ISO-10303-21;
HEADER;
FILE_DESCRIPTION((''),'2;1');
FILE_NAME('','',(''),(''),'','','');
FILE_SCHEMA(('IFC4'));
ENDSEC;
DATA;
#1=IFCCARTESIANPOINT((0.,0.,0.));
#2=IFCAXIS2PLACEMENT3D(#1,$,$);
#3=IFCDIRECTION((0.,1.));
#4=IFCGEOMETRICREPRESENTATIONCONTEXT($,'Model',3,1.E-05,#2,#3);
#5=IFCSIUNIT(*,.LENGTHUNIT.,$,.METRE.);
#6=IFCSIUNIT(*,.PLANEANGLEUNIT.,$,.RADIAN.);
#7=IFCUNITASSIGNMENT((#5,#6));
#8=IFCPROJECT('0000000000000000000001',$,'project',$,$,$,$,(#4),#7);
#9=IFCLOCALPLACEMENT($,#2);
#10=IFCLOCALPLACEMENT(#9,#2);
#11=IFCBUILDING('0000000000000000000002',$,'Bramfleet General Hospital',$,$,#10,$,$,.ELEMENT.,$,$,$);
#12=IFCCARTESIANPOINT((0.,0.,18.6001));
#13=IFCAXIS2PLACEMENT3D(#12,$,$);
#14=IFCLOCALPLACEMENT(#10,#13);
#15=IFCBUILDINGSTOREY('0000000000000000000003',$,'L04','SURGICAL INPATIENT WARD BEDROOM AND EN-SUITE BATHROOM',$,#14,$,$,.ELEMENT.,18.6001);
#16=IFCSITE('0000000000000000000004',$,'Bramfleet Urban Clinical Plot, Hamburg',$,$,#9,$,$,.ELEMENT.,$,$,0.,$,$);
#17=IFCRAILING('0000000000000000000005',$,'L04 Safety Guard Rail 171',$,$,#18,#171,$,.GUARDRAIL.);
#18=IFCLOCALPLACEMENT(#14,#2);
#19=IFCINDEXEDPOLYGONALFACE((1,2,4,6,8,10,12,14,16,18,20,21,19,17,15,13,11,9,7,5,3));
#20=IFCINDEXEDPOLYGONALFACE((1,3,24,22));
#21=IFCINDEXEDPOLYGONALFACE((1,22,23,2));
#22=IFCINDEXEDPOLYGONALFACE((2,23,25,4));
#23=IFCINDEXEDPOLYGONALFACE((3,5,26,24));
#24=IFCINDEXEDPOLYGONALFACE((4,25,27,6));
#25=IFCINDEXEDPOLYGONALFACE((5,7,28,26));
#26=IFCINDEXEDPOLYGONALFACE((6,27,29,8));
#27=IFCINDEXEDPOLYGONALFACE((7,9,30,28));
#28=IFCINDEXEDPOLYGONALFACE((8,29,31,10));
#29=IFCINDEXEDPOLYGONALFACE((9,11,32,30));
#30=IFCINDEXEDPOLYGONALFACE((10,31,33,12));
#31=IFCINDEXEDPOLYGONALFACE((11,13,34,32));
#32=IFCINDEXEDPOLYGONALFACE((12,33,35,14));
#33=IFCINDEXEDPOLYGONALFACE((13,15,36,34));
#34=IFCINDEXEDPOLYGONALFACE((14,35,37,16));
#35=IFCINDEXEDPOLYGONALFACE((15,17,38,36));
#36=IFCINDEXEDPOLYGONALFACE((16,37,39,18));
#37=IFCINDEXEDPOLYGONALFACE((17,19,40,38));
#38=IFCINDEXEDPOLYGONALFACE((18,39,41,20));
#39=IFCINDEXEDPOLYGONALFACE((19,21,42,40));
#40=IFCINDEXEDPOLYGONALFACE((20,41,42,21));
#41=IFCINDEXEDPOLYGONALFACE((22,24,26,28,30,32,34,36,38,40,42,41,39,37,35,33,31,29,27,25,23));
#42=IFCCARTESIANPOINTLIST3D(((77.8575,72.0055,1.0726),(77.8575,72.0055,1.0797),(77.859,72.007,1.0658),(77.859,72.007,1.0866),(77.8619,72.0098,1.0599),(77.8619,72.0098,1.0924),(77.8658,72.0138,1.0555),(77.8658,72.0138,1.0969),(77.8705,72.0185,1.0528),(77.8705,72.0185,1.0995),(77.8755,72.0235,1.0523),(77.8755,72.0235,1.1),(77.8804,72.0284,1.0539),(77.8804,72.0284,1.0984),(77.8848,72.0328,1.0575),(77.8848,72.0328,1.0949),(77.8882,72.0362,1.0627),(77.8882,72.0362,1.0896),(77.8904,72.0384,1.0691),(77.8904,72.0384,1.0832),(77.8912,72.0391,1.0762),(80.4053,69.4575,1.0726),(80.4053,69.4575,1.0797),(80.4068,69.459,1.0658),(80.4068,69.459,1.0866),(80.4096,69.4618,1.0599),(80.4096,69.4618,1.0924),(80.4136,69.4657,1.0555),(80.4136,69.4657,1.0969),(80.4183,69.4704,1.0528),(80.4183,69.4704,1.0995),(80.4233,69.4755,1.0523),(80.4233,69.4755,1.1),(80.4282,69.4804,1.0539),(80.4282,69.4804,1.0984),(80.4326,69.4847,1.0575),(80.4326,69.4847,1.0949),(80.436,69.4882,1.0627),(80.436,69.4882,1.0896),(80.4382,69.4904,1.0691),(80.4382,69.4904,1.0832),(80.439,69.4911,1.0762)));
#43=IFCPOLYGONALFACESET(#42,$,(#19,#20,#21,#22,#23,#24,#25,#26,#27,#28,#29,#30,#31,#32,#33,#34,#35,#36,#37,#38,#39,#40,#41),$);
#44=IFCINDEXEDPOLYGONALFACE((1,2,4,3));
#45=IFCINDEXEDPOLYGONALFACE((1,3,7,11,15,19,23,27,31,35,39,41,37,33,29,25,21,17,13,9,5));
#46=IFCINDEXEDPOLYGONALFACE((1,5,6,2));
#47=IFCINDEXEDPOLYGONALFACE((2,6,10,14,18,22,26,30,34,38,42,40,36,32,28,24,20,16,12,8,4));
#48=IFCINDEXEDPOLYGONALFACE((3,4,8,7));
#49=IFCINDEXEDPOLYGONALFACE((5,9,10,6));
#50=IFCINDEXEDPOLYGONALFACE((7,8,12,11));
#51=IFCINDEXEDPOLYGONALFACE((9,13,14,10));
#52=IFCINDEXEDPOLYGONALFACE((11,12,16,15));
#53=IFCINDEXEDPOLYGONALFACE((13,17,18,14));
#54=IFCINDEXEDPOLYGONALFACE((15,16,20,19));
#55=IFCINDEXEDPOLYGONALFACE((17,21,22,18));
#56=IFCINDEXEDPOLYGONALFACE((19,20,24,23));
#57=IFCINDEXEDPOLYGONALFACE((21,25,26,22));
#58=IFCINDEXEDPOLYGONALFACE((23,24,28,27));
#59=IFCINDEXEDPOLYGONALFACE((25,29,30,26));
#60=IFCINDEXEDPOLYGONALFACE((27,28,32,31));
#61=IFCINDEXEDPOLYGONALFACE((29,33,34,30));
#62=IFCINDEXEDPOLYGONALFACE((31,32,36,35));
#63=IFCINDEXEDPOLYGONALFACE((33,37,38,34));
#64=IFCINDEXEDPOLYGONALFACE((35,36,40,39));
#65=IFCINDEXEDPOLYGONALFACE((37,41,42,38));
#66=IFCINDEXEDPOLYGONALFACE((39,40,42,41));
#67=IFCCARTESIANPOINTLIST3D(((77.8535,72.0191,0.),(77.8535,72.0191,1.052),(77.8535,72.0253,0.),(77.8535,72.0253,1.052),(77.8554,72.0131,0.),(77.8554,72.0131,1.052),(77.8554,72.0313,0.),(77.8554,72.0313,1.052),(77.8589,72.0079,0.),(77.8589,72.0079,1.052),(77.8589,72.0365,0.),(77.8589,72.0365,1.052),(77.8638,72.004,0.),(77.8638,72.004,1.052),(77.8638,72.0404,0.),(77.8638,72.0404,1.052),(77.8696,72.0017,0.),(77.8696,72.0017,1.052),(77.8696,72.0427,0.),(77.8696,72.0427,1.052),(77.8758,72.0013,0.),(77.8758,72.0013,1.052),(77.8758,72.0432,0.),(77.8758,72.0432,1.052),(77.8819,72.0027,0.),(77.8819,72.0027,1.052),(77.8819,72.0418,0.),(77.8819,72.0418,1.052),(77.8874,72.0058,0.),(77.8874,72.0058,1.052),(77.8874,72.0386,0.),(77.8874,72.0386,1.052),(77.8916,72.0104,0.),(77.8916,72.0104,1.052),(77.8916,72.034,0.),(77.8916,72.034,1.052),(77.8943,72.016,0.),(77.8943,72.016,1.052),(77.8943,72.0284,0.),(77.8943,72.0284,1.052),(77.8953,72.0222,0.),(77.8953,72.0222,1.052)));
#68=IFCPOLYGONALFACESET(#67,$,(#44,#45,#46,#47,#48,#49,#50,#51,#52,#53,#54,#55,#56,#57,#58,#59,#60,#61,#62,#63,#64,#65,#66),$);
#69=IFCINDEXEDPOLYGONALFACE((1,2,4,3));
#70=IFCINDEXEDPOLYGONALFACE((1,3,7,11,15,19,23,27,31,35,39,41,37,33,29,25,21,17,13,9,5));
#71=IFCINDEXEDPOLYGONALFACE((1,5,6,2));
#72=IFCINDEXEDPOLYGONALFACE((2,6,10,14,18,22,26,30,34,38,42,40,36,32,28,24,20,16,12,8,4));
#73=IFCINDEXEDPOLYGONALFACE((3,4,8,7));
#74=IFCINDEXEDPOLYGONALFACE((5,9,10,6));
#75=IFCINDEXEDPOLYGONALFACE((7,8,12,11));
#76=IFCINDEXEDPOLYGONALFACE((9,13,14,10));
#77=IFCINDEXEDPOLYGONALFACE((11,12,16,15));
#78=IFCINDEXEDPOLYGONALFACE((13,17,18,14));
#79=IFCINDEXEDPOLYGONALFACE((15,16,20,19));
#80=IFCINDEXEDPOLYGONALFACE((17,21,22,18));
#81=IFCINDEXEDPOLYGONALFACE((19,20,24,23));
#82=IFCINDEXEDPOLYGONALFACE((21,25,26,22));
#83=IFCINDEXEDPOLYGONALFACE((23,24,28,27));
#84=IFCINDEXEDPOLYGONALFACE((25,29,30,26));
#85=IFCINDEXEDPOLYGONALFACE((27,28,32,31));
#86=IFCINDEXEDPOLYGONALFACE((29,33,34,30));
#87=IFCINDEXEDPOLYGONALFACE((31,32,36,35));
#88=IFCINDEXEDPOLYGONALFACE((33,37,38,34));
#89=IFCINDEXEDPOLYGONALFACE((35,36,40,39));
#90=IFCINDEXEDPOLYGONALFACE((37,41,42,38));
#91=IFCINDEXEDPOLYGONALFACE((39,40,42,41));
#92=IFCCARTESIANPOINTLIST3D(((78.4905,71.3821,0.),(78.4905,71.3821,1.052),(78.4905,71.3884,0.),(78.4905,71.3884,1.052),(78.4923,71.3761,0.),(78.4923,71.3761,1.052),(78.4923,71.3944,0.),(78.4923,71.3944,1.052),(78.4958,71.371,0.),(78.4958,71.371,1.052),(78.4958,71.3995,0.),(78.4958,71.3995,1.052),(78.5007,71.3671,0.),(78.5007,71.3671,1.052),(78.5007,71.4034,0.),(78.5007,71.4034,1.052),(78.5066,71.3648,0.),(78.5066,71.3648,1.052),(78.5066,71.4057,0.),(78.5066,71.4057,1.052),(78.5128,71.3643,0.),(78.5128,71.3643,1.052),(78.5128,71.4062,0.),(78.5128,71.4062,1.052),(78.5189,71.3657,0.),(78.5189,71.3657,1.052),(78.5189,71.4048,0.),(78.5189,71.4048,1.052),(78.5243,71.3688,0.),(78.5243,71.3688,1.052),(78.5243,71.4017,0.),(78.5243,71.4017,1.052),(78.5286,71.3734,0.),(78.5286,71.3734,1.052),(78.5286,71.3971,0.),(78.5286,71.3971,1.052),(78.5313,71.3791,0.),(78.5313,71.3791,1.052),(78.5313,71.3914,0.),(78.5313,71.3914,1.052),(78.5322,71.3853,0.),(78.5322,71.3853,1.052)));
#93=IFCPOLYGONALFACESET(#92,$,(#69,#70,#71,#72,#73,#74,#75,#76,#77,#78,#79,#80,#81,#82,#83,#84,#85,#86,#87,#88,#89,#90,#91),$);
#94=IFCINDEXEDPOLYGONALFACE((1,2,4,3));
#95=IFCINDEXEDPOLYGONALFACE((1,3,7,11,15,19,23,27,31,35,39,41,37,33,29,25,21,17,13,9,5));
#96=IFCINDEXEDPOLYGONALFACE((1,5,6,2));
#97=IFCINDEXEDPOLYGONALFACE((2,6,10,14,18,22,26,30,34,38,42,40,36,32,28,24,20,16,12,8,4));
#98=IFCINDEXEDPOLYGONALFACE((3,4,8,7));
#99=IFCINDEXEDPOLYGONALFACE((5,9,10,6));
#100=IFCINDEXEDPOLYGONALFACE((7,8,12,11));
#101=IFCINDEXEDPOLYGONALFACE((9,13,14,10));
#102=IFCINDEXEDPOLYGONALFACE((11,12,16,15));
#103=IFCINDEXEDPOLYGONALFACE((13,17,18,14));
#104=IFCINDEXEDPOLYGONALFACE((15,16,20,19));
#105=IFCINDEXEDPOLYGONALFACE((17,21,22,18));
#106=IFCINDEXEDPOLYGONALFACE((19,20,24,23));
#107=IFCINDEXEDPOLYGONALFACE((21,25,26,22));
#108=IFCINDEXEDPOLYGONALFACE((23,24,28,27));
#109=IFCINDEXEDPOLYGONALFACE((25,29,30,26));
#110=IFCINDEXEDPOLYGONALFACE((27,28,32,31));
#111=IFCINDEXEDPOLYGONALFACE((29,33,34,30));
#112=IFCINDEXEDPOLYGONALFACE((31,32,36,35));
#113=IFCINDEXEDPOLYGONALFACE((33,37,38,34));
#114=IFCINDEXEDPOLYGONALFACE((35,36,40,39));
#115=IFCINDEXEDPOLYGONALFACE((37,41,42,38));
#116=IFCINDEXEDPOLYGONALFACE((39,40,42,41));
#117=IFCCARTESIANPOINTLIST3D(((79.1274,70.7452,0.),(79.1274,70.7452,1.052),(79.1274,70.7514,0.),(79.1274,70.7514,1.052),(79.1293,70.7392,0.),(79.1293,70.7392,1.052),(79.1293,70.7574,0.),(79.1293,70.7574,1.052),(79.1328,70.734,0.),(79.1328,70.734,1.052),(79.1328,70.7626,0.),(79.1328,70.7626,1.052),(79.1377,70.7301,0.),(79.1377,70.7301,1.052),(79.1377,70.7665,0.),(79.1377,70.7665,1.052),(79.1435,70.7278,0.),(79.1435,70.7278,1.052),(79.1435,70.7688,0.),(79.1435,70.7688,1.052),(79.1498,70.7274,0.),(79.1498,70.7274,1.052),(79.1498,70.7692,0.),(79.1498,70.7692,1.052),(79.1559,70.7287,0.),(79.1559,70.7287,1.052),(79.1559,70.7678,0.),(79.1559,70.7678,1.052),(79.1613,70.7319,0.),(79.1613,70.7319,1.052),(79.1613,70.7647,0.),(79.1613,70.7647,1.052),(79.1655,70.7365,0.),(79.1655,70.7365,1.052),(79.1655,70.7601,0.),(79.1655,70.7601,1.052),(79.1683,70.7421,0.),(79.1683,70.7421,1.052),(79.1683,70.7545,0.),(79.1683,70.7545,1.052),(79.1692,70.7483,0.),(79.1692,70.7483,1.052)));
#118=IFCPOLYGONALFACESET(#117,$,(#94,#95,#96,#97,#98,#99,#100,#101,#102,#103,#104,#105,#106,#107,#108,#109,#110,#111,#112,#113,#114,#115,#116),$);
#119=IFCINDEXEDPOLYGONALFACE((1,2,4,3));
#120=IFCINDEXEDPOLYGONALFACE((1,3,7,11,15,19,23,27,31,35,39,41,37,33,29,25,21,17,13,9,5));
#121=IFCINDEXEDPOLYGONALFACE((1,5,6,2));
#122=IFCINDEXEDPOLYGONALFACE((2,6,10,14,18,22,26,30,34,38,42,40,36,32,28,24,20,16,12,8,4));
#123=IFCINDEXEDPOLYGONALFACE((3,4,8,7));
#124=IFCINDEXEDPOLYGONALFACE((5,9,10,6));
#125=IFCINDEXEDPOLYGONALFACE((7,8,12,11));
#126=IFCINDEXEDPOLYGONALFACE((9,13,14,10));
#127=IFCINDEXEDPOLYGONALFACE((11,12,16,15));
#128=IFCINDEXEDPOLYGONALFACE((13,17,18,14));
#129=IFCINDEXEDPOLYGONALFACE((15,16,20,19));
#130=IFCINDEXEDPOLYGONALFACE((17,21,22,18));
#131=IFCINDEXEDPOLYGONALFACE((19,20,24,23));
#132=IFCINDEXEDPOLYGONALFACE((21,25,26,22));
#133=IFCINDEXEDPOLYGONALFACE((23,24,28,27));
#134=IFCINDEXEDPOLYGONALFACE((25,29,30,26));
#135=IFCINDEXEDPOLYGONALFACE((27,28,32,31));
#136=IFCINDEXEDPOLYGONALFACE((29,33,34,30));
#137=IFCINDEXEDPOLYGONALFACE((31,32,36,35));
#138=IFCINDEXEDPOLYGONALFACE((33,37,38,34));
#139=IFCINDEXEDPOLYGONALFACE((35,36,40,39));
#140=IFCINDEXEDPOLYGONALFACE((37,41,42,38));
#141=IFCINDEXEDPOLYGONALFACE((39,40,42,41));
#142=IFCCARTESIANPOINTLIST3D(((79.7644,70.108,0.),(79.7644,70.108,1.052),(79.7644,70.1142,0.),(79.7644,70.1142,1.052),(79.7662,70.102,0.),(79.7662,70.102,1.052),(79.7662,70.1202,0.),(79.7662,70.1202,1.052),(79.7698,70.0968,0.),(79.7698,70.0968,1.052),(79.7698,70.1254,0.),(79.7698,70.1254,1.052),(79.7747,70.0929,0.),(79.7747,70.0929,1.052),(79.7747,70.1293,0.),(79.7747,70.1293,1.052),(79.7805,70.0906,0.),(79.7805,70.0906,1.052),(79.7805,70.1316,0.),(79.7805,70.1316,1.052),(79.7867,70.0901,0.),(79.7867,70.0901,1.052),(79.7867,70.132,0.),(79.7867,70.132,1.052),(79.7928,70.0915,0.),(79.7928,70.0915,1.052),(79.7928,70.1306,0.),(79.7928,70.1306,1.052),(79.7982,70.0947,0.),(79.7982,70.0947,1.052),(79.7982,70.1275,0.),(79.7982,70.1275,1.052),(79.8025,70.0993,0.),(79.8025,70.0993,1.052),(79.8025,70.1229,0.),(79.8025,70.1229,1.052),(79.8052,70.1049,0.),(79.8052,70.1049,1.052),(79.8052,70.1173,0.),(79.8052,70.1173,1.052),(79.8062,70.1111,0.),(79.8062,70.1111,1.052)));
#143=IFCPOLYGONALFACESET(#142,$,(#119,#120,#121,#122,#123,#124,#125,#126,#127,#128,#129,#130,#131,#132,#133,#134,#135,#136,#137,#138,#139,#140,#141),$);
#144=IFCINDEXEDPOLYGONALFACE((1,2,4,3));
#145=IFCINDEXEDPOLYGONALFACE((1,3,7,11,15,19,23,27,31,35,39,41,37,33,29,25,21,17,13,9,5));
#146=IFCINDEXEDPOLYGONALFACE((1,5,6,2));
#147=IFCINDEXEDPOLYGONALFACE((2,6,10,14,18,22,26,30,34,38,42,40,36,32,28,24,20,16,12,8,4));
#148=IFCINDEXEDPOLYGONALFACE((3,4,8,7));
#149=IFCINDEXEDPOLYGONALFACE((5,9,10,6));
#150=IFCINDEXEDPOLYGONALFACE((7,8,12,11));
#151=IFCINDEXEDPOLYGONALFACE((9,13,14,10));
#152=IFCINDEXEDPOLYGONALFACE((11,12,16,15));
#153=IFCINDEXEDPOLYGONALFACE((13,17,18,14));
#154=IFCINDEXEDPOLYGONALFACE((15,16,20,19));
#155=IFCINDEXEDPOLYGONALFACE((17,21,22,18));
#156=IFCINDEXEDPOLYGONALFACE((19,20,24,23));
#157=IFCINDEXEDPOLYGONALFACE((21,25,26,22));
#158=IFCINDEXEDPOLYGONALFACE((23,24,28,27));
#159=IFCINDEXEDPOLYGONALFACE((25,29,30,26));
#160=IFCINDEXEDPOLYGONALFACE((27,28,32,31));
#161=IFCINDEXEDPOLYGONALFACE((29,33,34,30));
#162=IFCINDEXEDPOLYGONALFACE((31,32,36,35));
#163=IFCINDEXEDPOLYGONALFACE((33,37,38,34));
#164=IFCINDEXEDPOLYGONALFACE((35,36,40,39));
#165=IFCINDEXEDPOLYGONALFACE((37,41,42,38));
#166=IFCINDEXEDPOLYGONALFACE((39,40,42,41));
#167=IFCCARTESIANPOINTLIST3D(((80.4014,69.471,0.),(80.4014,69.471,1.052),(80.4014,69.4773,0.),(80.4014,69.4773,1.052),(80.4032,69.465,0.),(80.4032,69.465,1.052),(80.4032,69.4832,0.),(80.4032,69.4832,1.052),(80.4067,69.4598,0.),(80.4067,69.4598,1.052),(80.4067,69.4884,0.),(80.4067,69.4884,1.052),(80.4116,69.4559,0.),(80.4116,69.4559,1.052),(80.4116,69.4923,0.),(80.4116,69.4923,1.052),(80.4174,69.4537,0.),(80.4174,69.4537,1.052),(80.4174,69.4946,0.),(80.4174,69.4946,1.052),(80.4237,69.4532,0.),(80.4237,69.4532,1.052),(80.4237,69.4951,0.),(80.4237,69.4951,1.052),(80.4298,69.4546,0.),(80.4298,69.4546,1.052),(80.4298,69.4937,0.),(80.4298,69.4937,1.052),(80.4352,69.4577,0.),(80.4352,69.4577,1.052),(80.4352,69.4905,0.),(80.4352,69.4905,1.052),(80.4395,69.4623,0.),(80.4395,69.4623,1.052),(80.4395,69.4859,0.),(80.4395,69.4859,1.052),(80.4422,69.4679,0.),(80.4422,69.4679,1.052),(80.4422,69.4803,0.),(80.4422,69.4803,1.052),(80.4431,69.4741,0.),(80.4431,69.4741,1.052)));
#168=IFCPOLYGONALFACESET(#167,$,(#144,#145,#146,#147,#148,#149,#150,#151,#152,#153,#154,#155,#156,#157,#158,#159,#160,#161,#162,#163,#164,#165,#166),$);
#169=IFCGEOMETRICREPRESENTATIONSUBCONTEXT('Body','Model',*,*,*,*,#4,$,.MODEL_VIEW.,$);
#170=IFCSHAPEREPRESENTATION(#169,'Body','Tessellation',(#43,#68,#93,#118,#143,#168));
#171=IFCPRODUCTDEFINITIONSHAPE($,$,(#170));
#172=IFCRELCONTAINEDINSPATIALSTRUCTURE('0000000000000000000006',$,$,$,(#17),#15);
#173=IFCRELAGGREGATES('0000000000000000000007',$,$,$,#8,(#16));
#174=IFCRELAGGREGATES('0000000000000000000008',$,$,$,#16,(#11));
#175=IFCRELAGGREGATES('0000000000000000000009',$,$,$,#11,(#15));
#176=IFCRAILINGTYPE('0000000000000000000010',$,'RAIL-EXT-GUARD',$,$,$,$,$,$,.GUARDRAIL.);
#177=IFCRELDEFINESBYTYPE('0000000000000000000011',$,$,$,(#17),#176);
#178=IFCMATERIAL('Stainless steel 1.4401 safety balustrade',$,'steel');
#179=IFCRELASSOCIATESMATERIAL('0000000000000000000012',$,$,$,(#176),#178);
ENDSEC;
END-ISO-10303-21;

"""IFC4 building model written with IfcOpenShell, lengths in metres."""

from ifc_helpers import new_model, si_unit, direction, frame, origin, origin_2d, place, context, subcontext, project, spatial, circle, extrude, material, type_object, element, save


model = new_model("IFC4")

# Units and contexts
model_context = context("Model", 3, precision=1e-05, world=origin(), true_north=direction((0.0, 1.0)))
body_context = subcontext(model_context, "Body", "Model", "MODEL_VIEW")
ifc_project = project(units=[si_unit("LENGTHUNIT", "METRE"), si_unit("PLANEANGLEUNIT", "RADIAN")], contexts=[model_context])

# Site, building, storey
site_placement = place(None, origin())
site = spatial("IfcSite", under=ifc_project, at=site_placement, Name="Bramfleet Urban Clinical Plot, Hamburg", CompositionType="ELEMENT", RefElevation=0.0)
building_placement = place(site_placement, origin())
building = spatial("IfcBuilding", under=site, at=building_placement, Name="Bramfleet General Hospital", CompositionType="ELEMENT")
storey_placement = place(building_placement, frame((0.0, 0.0, 18.6001)))
storey = spatial("IfcBuildingStorey", under=building, at=storey_placement, Name="L04", Description="SURGICAL INPATIENT WARD BEDROOM AND EN-SUITE BATHROOM", CompositionType="ELEMENT", Elevation=18.6001)

# Railing
ifc_material_1 = material(Name="Stainless steel 1.4401 safety balustrade", Category="steel")
railing_type = type_object("IfcRailingType", Name="RAIL-EXT-GUARD", PredefinedType="GUARDRAIL", material=ifc_material_1)
railing_1_placement = place(storey_placement, frame((77.8743, 72.0222, 0.0)))
element("IfcRailing", 1, at=railing_1_placement, inside=storey, type_object=railing_type, Name="L04 Safety Guard Rail 171", PredefinedType="GUARDRAIL", context=body_context, shape_type="SweptSolid", body=[
    extrude(circle(Radius=0.0239, at=origin_2d()), frame((0.0, 0.0, 1.0762), z_axis=(0.707073, -0.707141, 0.0), x_axis=(0.707141, 0.707073, 0.0)), (0.0, 0.0, 1.0), 3.6033),
    extrude(circle(Radius=0.021, at=origin_2d()), origin(), (0.0, 0.0, 1.0), 1.052),
    extrude(circle(Radius=0.021, at=origin_2d()), frame((0.637, -0.637, 0.0)), (0.0, 0.0, 1.0), 1.052),
    extrude(circle(Radius=0.021, at=origin_2d()), frame((1.2739, -1.2739, 0.0)), (0.0, 0.0, 1.0), 1.052),
    extrude(circle(Radius=0.021, at=origin_2d()), frame((1.9109, -1.9111, 0.0)), (0.0, 0.0, 1.0), 1.052),
    extrude(circle(Radius=0.021, at=origin_2d()), frame((2.5479, -2.5481, 0.0)), (0.0, 0.0, 1.0), 1.052),
])

save(model, "model.ifc")
